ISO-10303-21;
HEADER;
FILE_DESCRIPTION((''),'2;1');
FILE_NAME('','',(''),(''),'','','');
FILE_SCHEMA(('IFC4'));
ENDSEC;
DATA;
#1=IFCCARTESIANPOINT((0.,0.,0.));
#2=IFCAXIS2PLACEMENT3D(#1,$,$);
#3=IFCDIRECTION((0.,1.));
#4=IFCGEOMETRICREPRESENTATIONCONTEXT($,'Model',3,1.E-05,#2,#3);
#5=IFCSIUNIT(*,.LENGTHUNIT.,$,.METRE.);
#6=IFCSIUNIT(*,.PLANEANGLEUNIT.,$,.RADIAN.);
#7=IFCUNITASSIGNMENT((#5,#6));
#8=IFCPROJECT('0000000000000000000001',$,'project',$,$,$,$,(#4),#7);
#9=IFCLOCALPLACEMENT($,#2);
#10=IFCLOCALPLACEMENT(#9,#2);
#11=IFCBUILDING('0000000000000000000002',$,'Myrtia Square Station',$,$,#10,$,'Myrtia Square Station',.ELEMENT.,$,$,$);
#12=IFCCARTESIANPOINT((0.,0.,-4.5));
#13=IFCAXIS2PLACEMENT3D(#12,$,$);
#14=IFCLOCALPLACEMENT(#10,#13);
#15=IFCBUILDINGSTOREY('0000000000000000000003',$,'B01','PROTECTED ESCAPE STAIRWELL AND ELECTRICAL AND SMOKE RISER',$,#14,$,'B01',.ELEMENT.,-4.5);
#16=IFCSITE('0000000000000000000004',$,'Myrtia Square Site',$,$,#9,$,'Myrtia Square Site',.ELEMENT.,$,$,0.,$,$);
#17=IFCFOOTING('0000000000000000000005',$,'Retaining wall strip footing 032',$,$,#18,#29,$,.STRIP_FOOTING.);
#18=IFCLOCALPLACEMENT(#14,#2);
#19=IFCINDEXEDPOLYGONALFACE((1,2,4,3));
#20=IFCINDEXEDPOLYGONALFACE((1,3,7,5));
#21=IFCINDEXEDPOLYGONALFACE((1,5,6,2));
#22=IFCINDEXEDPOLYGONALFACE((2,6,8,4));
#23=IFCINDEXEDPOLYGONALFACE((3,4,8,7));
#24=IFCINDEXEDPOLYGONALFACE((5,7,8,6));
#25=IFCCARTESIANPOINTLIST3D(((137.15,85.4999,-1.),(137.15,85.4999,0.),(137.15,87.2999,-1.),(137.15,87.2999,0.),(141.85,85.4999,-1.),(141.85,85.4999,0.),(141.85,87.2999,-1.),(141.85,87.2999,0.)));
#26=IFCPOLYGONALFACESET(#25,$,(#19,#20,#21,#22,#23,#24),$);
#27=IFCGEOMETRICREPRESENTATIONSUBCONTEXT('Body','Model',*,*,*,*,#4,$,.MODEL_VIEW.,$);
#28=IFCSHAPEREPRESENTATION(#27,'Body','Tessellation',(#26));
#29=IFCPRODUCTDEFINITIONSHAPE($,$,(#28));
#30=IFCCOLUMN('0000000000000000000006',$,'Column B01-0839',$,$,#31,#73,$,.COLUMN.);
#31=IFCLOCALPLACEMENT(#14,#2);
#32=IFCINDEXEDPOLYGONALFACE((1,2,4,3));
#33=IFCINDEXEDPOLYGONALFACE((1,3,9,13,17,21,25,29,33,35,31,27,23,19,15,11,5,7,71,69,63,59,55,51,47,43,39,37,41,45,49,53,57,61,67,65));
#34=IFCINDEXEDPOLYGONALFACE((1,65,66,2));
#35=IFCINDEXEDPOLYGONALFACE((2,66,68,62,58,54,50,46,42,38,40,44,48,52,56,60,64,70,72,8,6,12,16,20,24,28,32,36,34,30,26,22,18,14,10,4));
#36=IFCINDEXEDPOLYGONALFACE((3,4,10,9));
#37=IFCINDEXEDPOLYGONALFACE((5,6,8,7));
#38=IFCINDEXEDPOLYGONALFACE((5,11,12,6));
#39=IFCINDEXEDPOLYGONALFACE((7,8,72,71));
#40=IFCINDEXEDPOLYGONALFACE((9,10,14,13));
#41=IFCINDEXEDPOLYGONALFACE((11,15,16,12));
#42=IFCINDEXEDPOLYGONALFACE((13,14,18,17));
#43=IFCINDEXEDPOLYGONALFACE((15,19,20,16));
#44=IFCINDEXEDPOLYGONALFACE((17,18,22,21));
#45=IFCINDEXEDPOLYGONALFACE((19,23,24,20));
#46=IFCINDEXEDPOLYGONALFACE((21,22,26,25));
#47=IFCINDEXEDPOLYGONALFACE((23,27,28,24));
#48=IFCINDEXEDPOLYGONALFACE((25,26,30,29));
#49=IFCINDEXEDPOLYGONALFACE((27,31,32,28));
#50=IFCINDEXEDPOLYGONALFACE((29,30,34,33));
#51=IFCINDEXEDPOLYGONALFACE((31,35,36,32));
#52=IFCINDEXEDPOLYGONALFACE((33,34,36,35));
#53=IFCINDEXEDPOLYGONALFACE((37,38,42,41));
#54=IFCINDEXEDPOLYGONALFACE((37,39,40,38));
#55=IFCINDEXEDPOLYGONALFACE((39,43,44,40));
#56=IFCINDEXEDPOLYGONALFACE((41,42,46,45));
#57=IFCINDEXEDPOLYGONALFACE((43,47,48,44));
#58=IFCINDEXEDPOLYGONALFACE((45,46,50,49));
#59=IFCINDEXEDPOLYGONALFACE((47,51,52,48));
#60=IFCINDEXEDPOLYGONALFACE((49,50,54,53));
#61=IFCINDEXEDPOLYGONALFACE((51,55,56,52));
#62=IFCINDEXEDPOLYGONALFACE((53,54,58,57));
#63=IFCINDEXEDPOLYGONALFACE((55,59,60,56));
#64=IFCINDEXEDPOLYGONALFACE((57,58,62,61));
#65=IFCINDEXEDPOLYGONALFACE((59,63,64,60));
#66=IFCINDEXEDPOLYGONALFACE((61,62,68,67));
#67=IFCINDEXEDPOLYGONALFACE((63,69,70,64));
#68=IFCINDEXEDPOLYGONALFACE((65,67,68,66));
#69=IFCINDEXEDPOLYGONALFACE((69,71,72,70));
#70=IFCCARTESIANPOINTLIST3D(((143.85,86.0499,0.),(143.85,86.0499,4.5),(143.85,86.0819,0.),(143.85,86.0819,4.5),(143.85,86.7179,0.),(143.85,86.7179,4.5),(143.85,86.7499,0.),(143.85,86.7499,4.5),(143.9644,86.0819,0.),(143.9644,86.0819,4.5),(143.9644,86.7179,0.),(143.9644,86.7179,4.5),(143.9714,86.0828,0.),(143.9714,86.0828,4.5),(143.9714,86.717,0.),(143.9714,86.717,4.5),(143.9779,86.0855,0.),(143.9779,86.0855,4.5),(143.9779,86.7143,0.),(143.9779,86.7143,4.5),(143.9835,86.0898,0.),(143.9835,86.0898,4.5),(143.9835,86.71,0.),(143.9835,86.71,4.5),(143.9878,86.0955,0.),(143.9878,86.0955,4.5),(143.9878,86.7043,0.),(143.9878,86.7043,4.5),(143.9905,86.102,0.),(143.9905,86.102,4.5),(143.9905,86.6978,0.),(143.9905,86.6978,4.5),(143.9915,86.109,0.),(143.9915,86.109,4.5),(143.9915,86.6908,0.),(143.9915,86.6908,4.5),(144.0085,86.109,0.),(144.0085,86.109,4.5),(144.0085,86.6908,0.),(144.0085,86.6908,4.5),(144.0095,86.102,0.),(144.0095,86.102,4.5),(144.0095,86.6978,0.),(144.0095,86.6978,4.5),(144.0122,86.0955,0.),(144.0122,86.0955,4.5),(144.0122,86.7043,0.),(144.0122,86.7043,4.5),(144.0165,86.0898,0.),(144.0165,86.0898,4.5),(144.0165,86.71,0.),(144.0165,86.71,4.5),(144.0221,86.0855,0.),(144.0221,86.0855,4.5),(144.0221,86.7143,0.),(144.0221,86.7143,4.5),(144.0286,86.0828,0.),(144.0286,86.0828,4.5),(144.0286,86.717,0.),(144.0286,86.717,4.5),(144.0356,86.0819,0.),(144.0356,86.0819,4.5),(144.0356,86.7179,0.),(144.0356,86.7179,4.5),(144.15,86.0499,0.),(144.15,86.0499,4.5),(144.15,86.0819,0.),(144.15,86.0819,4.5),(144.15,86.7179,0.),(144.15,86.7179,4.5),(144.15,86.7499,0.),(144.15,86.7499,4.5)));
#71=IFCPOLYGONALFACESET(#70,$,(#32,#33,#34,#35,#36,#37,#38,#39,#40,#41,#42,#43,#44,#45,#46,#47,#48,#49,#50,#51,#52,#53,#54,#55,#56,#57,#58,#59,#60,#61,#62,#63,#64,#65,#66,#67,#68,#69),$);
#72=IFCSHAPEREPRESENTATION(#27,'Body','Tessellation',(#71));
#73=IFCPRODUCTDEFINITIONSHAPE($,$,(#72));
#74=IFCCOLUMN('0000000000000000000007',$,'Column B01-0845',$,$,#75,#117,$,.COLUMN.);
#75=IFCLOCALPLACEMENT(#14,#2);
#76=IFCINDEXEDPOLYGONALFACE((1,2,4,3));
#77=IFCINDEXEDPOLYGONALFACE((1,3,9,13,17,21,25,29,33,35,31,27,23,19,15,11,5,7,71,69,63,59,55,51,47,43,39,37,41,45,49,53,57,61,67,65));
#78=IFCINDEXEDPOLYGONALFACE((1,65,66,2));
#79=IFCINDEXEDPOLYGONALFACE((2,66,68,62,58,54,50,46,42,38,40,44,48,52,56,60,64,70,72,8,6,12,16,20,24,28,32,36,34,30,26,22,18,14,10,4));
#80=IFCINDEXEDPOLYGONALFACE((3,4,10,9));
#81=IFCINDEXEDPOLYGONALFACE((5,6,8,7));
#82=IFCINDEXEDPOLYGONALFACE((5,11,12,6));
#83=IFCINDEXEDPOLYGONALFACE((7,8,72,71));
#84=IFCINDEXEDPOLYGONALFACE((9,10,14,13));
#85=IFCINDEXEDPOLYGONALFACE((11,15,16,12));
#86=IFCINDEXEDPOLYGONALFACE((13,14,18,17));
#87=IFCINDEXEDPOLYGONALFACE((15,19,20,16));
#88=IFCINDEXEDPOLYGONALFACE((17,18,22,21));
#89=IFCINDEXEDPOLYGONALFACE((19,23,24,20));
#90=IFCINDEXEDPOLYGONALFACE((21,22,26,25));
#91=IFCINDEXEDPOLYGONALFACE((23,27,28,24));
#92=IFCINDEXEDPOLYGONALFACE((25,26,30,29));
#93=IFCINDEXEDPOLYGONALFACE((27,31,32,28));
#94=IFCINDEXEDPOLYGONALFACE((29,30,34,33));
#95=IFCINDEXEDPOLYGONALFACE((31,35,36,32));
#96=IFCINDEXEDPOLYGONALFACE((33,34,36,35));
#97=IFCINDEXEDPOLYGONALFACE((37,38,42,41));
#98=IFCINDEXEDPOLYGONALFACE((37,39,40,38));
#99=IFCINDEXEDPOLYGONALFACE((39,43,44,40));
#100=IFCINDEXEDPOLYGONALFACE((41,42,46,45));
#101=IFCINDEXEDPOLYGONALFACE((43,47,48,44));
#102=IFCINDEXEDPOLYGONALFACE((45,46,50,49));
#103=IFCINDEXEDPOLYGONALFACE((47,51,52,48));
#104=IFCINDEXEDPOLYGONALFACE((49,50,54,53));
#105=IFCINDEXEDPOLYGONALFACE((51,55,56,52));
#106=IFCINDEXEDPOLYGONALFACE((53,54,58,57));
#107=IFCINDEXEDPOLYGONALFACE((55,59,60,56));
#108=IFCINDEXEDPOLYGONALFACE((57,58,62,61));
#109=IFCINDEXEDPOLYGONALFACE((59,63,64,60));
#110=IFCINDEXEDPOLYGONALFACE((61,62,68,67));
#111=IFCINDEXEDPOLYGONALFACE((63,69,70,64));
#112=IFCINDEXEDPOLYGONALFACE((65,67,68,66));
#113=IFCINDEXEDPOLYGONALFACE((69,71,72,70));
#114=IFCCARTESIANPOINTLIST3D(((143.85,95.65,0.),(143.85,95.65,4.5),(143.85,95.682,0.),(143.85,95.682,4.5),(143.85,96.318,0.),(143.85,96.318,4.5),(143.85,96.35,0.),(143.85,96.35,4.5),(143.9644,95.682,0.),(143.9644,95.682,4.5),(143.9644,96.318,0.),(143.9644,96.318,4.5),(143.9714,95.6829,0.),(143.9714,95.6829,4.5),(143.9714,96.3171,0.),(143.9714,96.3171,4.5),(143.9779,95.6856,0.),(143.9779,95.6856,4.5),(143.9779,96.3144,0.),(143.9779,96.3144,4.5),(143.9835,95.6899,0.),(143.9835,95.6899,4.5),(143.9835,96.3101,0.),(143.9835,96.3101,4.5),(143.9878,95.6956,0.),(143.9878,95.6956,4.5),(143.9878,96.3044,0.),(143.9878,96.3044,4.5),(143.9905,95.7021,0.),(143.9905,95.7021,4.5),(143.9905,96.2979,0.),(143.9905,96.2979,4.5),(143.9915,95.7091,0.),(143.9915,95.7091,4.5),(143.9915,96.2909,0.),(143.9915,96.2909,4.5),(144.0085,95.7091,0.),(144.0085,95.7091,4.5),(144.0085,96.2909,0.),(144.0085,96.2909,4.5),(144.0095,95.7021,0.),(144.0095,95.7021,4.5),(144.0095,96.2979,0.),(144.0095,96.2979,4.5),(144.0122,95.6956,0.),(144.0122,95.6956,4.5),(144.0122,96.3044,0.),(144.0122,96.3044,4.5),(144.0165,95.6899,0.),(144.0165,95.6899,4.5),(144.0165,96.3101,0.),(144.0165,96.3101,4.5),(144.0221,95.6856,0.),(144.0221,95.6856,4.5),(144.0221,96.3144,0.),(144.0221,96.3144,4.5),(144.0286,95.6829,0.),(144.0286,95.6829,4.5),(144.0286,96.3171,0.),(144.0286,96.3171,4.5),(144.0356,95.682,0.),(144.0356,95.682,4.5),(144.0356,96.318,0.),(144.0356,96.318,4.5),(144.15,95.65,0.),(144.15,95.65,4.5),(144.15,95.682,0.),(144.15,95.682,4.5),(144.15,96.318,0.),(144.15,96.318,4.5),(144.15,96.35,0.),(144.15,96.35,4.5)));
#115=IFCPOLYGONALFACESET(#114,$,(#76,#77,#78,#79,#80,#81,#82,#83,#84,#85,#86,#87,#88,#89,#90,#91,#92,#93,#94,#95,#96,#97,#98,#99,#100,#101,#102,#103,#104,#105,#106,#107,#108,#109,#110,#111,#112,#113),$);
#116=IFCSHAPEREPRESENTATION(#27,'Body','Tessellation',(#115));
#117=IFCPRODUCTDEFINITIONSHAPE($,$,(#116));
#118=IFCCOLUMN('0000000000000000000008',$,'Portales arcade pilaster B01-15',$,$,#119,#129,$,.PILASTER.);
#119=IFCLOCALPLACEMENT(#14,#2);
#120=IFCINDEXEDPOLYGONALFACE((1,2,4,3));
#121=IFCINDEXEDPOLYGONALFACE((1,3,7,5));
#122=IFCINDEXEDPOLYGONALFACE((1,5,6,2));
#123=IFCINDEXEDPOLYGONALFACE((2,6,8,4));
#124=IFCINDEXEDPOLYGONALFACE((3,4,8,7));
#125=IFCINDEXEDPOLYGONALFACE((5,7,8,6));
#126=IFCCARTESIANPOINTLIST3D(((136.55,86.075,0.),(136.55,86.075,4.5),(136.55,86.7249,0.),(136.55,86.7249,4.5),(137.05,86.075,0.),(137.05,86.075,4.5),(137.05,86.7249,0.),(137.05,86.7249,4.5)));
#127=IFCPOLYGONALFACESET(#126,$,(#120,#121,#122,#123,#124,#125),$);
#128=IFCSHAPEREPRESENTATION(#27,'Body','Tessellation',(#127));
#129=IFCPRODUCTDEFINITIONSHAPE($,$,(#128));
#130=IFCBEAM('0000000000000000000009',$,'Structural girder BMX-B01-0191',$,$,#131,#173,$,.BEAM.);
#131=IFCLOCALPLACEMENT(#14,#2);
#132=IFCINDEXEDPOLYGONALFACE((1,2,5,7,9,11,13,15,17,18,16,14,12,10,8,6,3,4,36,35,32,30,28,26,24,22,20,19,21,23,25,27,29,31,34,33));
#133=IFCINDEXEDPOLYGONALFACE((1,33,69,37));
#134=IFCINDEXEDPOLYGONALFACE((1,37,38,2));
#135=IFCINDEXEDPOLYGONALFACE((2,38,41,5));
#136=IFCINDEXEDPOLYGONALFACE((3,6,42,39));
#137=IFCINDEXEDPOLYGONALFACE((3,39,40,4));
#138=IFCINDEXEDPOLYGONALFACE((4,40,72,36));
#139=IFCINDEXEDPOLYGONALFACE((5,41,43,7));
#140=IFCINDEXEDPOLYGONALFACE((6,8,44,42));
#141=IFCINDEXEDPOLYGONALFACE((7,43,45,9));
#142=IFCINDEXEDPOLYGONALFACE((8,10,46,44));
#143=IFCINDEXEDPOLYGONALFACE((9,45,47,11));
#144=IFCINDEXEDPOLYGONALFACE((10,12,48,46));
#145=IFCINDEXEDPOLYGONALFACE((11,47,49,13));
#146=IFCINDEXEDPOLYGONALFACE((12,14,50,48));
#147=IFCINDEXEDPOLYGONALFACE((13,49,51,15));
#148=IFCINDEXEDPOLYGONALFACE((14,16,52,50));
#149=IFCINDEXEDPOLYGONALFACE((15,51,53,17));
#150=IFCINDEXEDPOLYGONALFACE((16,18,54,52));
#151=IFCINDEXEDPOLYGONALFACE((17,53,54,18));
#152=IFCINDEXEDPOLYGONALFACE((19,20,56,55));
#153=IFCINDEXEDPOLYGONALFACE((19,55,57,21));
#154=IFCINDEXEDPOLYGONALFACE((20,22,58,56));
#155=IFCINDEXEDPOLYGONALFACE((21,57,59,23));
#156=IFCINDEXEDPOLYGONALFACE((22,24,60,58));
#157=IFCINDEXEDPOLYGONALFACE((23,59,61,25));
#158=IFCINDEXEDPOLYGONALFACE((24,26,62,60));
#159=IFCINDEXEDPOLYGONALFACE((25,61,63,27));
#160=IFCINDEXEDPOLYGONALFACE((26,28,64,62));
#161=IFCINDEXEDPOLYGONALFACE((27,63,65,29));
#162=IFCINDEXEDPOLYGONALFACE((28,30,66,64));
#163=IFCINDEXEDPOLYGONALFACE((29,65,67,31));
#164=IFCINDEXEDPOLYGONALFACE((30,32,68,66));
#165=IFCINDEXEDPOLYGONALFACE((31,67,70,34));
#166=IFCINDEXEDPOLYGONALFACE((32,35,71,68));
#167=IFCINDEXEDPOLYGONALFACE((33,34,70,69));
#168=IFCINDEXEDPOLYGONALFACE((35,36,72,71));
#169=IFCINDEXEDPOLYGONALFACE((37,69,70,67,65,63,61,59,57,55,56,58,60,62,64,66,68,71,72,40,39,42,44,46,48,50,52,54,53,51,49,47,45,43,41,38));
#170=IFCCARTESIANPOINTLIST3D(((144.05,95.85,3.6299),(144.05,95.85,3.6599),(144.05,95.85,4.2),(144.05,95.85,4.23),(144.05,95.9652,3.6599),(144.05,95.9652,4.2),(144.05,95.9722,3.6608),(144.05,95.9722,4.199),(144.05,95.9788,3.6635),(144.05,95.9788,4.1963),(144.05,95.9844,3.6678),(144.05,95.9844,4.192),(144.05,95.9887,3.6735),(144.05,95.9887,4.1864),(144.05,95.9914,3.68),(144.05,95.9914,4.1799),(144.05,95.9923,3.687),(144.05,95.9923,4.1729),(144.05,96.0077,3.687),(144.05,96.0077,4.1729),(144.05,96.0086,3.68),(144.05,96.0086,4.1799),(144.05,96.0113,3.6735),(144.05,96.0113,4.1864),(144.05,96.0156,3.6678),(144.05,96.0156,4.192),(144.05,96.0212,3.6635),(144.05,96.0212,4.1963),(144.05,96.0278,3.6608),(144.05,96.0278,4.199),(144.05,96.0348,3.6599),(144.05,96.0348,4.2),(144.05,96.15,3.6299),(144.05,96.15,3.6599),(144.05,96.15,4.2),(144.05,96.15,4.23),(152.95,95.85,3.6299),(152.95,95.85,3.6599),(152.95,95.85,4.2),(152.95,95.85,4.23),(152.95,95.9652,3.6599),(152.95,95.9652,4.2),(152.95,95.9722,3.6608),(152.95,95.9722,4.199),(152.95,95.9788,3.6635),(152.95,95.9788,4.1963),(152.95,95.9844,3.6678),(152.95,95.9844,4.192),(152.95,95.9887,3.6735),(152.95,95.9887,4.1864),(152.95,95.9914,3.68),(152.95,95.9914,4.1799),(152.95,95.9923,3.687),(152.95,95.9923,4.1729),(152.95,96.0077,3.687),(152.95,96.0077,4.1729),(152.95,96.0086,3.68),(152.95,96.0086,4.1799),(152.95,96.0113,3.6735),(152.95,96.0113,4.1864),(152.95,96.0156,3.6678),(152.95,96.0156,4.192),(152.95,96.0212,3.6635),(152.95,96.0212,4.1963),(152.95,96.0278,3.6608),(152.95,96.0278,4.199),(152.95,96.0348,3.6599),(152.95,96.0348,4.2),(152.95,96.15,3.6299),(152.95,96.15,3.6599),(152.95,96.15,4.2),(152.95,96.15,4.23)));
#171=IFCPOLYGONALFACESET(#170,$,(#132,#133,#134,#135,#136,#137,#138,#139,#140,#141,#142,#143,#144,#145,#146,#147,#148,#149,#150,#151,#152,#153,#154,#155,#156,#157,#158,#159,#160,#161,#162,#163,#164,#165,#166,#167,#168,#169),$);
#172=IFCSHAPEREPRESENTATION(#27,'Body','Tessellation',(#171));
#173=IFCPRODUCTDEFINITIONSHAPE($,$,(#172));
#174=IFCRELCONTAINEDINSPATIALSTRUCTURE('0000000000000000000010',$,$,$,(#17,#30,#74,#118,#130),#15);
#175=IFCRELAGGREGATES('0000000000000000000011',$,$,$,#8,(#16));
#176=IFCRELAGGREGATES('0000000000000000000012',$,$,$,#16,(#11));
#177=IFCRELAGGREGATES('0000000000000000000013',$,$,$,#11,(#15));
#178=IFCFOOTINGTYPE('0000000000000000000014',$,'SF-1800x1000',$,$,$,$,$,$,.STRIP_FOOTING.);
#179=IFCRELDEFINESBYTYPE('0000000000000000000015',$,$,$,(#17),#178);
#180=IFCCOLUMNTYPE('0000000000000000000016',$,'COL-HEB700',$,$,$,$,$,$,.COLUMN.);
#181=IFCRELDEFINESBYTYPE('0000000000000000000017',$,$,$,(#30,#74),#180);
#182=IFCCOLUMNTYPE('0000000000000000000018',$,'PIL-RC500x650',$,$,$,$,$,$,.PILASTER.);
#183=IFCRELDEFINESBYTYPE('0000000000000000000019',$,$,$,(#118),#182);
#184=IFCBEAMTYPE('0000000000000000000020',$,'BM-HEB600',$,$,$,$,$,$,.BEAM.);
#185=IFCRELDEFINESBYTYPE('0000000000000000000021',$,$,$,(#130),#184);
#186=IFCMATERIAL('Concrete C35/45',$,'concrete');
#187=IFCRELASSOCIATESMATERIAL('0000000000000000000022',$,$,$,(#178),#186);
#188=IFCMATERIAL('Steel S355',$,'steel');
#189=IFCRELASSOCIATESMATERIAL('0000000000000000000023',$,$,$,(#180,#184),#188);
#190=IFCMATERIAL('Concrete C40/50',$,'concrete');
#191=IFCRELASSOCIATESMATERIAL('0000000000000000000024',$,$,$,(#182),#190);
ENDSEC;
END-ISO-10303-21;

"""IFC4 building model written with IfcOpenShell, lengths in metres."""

from ifc_helpers import new_model, si_unit, direction, frame, origin, origin_2d, place, context, subcontext, project, spatial, rectangle, i_section, extrude, material, material_profile, profile_set, type_object, element, save


model = new_model("IFC4")

# Units and contexts
model_context = context("Model", 3, precision=1e-05, world=origin(), true_north=direction((0.0, 1.0)))
body_context = subcontext(model_context, "Body", "Model", "MODEL_VIEW")
ifc_project = project(units=[si_unit("LENGTHUNIT", "METRE"), si_unit("PLANEANGLEUNIT", "RADIAN")], contexts=[model_context])

# Site, building, storey
site_placement = place(None, origin())
site = spatial("IfcSite", under=ifc_project, at=site_placement, Name="Myrtia Square Site", LongName="Myrtia Square Site", CompositionType="ELEMENT", RefElevation=0.0)
building_placement = place(site_placement, origin())
building = spatial("IfcBuilding", under=site, at=building_placement, Name="Myrtia Square Station", LongName="Myrtia Square Station", CompositionType="ELEMENT")
storey_placement = place(building_placement, frame((0.0, 0.0, -4.5)))
storey = spatial("IfcBuildingStorey", under=building, at=storey_placement, Name="B01", Description="PROTECTED ESCAPE STAIRWELL AND ELECTRICAL AND SMOKE RISER", LongName="B01", CompositionType="ELEMENT", Elevation=-4.5)

# Shared definitions
ifc_material_1 = material(Name="Concrete C35/45", Category="concrete")

# Footing
footing_type_1 = type_object("IfcFootingType", Name="SF-1800x1000", PredefinedType="STRIP_FOOTING", material=ifc_material_1)
footing_1_placement = place(storey_placement, frame((139.5, 86.3999, -1.0), z_axis=(0.0, 0.0, 1.0), x_axis=(1.0, 0.0, 0.0)))
element("IfcFooting", 1, at=footing_1_placement, inside=storey, type_object=footing_type_1, Name="Retaining wall strip footing 032", PredefinedType="STRIP_FOOTING", context=body_context, shape_type="SweptSolid", body=[
    extrude(rectangle(XDim=4.7, YDim=1.8, at=origin_2d()), origin(), (0.0, 0.0, 1.0), 1.0),
])

# Columns
ifc_material_2 = material(Name="Steel S355", Category="steel")
ifc_material_profile_1 = material_profile(ifc_material_2, i_section(OverallWidth=0.3, OverallDepth=0.7, WebThickness=0.0171, FlangeThickness=0.032, FilletRadius=0.0271, at=origin_2d()), Name="HEB 700")
ifc_profile_set_1 = profile_set([ifc_material_profile_1], Name="Steel S355")
column_type_1 = type_object("IfcColumnType", Name="COL-HEB700", PredefinedType="COLUMN", material=ifc_profile_set_1)
for number, where, z_axis, x_axis, name in (
    (2, (144.0, 86.3999, 0.0), (0.0, 0.0, 1.0), (1.0, 0.0, 0.0), "Column B01-0839"),
    (3, (144.0, 96.0, 0.0), (0.0, 0.0, 1.0), (1.0, 0.0, 0.0), "Column B01-0845"),
):
    element("IfcColumn", number, at=place(storey_placement, frame(where, z_axis=z_axis, x_axis=x_axis)), inside=storey, type_object=column_type_1, Name=name, PredefinedType="COLUMN", context=body_context, shape_type="SweptSolid", body=[
        extrude(i_section(OverallWidth=0.3, OverallDepth=0.7, WebThickness=0.0171, FlangeThickness=0.032, FilletRadius=0.0271, at=origin_2d()), origin(), (0.0, 0.0, 1.0), 4.5),
    ])
ifc_material_3 = material(Name="Concrete C40/50", Category="concrete")
ifc_material_profile_2 = material_profile(ifc_material_3, rectangle(XDim=0.5, YDim=0.6499, at=origin_2d()), Name="PIL 500x650")
ifc_profile_set_2 = profile_set([ifc_material_profile_2], Name="Concrete C40/50")
column_type_2 = type_object("IfcColumnType", Name="PIL-RC500x650", PredefinedType="PILASTER", material=ifc_profile_set_2)
column_placement = place(storey_placement, frame((136.8, 86.3999, 0.0), z_axis=(0.0, 0.0, 1.0), x_axis=(1.0, 0.0, 0.0)))
element("IfcColumn", 4, at=column_placement, inside=storey, type_object=column_type_2, Name="Portales arcade pilaster B01-15", PredefinedType="PILASTER", context=body_context, shape_type="SweptSolid", body=[
    extrude(rectangle(XDim=0.5, YDim=0.6499, at=origin_2d()), origin(), (0.0, 0.0, 1.0), 4.5),
])

# Beam
ifc_material_profile_3 = material_profile(ifc_material_2, i_section(OverallWidth=0.3, OverallDepth=0.6001, WebThickness=0.0154, FlangeThickness=0.03, FilletRadius=0.0271, at=origin_2d()), Name="HEB 600")
ifc_profile_set_3 = profile_set([ifc_material_profile_3], Name="Steel S355")
beam_type_1 = type_object("IfcBeamType", Name="BM-HEB600", PredefinedType="BEAM", material=ifc_profile_set_3)
beam_placement = place(storey_placement, frame((144.05, 96.0, 3.9299), z_axis=(1.0, 0.0, 0.0), x_axis=(0.0, 1.0, 0.0)))
element("IfcBeam", 5, at=beam_placement, inside=storey, type_object=beam_type_1, Name="Structural girder BMX-B01-0191", PredefinedType="BEAM", context=body_context, shape_type="SweptSolid", body=[
    extrude(i_section(OverallWidth=0.3, OverallDepth=0.6001, WebThickness=0.0154, FlangeThickness=0.03, FilletRadius=0.0271, at=origin_2d()), origin(), (0.0, 0.0, 1.0), 8.8999),
])

save(model, "model.ifc")
